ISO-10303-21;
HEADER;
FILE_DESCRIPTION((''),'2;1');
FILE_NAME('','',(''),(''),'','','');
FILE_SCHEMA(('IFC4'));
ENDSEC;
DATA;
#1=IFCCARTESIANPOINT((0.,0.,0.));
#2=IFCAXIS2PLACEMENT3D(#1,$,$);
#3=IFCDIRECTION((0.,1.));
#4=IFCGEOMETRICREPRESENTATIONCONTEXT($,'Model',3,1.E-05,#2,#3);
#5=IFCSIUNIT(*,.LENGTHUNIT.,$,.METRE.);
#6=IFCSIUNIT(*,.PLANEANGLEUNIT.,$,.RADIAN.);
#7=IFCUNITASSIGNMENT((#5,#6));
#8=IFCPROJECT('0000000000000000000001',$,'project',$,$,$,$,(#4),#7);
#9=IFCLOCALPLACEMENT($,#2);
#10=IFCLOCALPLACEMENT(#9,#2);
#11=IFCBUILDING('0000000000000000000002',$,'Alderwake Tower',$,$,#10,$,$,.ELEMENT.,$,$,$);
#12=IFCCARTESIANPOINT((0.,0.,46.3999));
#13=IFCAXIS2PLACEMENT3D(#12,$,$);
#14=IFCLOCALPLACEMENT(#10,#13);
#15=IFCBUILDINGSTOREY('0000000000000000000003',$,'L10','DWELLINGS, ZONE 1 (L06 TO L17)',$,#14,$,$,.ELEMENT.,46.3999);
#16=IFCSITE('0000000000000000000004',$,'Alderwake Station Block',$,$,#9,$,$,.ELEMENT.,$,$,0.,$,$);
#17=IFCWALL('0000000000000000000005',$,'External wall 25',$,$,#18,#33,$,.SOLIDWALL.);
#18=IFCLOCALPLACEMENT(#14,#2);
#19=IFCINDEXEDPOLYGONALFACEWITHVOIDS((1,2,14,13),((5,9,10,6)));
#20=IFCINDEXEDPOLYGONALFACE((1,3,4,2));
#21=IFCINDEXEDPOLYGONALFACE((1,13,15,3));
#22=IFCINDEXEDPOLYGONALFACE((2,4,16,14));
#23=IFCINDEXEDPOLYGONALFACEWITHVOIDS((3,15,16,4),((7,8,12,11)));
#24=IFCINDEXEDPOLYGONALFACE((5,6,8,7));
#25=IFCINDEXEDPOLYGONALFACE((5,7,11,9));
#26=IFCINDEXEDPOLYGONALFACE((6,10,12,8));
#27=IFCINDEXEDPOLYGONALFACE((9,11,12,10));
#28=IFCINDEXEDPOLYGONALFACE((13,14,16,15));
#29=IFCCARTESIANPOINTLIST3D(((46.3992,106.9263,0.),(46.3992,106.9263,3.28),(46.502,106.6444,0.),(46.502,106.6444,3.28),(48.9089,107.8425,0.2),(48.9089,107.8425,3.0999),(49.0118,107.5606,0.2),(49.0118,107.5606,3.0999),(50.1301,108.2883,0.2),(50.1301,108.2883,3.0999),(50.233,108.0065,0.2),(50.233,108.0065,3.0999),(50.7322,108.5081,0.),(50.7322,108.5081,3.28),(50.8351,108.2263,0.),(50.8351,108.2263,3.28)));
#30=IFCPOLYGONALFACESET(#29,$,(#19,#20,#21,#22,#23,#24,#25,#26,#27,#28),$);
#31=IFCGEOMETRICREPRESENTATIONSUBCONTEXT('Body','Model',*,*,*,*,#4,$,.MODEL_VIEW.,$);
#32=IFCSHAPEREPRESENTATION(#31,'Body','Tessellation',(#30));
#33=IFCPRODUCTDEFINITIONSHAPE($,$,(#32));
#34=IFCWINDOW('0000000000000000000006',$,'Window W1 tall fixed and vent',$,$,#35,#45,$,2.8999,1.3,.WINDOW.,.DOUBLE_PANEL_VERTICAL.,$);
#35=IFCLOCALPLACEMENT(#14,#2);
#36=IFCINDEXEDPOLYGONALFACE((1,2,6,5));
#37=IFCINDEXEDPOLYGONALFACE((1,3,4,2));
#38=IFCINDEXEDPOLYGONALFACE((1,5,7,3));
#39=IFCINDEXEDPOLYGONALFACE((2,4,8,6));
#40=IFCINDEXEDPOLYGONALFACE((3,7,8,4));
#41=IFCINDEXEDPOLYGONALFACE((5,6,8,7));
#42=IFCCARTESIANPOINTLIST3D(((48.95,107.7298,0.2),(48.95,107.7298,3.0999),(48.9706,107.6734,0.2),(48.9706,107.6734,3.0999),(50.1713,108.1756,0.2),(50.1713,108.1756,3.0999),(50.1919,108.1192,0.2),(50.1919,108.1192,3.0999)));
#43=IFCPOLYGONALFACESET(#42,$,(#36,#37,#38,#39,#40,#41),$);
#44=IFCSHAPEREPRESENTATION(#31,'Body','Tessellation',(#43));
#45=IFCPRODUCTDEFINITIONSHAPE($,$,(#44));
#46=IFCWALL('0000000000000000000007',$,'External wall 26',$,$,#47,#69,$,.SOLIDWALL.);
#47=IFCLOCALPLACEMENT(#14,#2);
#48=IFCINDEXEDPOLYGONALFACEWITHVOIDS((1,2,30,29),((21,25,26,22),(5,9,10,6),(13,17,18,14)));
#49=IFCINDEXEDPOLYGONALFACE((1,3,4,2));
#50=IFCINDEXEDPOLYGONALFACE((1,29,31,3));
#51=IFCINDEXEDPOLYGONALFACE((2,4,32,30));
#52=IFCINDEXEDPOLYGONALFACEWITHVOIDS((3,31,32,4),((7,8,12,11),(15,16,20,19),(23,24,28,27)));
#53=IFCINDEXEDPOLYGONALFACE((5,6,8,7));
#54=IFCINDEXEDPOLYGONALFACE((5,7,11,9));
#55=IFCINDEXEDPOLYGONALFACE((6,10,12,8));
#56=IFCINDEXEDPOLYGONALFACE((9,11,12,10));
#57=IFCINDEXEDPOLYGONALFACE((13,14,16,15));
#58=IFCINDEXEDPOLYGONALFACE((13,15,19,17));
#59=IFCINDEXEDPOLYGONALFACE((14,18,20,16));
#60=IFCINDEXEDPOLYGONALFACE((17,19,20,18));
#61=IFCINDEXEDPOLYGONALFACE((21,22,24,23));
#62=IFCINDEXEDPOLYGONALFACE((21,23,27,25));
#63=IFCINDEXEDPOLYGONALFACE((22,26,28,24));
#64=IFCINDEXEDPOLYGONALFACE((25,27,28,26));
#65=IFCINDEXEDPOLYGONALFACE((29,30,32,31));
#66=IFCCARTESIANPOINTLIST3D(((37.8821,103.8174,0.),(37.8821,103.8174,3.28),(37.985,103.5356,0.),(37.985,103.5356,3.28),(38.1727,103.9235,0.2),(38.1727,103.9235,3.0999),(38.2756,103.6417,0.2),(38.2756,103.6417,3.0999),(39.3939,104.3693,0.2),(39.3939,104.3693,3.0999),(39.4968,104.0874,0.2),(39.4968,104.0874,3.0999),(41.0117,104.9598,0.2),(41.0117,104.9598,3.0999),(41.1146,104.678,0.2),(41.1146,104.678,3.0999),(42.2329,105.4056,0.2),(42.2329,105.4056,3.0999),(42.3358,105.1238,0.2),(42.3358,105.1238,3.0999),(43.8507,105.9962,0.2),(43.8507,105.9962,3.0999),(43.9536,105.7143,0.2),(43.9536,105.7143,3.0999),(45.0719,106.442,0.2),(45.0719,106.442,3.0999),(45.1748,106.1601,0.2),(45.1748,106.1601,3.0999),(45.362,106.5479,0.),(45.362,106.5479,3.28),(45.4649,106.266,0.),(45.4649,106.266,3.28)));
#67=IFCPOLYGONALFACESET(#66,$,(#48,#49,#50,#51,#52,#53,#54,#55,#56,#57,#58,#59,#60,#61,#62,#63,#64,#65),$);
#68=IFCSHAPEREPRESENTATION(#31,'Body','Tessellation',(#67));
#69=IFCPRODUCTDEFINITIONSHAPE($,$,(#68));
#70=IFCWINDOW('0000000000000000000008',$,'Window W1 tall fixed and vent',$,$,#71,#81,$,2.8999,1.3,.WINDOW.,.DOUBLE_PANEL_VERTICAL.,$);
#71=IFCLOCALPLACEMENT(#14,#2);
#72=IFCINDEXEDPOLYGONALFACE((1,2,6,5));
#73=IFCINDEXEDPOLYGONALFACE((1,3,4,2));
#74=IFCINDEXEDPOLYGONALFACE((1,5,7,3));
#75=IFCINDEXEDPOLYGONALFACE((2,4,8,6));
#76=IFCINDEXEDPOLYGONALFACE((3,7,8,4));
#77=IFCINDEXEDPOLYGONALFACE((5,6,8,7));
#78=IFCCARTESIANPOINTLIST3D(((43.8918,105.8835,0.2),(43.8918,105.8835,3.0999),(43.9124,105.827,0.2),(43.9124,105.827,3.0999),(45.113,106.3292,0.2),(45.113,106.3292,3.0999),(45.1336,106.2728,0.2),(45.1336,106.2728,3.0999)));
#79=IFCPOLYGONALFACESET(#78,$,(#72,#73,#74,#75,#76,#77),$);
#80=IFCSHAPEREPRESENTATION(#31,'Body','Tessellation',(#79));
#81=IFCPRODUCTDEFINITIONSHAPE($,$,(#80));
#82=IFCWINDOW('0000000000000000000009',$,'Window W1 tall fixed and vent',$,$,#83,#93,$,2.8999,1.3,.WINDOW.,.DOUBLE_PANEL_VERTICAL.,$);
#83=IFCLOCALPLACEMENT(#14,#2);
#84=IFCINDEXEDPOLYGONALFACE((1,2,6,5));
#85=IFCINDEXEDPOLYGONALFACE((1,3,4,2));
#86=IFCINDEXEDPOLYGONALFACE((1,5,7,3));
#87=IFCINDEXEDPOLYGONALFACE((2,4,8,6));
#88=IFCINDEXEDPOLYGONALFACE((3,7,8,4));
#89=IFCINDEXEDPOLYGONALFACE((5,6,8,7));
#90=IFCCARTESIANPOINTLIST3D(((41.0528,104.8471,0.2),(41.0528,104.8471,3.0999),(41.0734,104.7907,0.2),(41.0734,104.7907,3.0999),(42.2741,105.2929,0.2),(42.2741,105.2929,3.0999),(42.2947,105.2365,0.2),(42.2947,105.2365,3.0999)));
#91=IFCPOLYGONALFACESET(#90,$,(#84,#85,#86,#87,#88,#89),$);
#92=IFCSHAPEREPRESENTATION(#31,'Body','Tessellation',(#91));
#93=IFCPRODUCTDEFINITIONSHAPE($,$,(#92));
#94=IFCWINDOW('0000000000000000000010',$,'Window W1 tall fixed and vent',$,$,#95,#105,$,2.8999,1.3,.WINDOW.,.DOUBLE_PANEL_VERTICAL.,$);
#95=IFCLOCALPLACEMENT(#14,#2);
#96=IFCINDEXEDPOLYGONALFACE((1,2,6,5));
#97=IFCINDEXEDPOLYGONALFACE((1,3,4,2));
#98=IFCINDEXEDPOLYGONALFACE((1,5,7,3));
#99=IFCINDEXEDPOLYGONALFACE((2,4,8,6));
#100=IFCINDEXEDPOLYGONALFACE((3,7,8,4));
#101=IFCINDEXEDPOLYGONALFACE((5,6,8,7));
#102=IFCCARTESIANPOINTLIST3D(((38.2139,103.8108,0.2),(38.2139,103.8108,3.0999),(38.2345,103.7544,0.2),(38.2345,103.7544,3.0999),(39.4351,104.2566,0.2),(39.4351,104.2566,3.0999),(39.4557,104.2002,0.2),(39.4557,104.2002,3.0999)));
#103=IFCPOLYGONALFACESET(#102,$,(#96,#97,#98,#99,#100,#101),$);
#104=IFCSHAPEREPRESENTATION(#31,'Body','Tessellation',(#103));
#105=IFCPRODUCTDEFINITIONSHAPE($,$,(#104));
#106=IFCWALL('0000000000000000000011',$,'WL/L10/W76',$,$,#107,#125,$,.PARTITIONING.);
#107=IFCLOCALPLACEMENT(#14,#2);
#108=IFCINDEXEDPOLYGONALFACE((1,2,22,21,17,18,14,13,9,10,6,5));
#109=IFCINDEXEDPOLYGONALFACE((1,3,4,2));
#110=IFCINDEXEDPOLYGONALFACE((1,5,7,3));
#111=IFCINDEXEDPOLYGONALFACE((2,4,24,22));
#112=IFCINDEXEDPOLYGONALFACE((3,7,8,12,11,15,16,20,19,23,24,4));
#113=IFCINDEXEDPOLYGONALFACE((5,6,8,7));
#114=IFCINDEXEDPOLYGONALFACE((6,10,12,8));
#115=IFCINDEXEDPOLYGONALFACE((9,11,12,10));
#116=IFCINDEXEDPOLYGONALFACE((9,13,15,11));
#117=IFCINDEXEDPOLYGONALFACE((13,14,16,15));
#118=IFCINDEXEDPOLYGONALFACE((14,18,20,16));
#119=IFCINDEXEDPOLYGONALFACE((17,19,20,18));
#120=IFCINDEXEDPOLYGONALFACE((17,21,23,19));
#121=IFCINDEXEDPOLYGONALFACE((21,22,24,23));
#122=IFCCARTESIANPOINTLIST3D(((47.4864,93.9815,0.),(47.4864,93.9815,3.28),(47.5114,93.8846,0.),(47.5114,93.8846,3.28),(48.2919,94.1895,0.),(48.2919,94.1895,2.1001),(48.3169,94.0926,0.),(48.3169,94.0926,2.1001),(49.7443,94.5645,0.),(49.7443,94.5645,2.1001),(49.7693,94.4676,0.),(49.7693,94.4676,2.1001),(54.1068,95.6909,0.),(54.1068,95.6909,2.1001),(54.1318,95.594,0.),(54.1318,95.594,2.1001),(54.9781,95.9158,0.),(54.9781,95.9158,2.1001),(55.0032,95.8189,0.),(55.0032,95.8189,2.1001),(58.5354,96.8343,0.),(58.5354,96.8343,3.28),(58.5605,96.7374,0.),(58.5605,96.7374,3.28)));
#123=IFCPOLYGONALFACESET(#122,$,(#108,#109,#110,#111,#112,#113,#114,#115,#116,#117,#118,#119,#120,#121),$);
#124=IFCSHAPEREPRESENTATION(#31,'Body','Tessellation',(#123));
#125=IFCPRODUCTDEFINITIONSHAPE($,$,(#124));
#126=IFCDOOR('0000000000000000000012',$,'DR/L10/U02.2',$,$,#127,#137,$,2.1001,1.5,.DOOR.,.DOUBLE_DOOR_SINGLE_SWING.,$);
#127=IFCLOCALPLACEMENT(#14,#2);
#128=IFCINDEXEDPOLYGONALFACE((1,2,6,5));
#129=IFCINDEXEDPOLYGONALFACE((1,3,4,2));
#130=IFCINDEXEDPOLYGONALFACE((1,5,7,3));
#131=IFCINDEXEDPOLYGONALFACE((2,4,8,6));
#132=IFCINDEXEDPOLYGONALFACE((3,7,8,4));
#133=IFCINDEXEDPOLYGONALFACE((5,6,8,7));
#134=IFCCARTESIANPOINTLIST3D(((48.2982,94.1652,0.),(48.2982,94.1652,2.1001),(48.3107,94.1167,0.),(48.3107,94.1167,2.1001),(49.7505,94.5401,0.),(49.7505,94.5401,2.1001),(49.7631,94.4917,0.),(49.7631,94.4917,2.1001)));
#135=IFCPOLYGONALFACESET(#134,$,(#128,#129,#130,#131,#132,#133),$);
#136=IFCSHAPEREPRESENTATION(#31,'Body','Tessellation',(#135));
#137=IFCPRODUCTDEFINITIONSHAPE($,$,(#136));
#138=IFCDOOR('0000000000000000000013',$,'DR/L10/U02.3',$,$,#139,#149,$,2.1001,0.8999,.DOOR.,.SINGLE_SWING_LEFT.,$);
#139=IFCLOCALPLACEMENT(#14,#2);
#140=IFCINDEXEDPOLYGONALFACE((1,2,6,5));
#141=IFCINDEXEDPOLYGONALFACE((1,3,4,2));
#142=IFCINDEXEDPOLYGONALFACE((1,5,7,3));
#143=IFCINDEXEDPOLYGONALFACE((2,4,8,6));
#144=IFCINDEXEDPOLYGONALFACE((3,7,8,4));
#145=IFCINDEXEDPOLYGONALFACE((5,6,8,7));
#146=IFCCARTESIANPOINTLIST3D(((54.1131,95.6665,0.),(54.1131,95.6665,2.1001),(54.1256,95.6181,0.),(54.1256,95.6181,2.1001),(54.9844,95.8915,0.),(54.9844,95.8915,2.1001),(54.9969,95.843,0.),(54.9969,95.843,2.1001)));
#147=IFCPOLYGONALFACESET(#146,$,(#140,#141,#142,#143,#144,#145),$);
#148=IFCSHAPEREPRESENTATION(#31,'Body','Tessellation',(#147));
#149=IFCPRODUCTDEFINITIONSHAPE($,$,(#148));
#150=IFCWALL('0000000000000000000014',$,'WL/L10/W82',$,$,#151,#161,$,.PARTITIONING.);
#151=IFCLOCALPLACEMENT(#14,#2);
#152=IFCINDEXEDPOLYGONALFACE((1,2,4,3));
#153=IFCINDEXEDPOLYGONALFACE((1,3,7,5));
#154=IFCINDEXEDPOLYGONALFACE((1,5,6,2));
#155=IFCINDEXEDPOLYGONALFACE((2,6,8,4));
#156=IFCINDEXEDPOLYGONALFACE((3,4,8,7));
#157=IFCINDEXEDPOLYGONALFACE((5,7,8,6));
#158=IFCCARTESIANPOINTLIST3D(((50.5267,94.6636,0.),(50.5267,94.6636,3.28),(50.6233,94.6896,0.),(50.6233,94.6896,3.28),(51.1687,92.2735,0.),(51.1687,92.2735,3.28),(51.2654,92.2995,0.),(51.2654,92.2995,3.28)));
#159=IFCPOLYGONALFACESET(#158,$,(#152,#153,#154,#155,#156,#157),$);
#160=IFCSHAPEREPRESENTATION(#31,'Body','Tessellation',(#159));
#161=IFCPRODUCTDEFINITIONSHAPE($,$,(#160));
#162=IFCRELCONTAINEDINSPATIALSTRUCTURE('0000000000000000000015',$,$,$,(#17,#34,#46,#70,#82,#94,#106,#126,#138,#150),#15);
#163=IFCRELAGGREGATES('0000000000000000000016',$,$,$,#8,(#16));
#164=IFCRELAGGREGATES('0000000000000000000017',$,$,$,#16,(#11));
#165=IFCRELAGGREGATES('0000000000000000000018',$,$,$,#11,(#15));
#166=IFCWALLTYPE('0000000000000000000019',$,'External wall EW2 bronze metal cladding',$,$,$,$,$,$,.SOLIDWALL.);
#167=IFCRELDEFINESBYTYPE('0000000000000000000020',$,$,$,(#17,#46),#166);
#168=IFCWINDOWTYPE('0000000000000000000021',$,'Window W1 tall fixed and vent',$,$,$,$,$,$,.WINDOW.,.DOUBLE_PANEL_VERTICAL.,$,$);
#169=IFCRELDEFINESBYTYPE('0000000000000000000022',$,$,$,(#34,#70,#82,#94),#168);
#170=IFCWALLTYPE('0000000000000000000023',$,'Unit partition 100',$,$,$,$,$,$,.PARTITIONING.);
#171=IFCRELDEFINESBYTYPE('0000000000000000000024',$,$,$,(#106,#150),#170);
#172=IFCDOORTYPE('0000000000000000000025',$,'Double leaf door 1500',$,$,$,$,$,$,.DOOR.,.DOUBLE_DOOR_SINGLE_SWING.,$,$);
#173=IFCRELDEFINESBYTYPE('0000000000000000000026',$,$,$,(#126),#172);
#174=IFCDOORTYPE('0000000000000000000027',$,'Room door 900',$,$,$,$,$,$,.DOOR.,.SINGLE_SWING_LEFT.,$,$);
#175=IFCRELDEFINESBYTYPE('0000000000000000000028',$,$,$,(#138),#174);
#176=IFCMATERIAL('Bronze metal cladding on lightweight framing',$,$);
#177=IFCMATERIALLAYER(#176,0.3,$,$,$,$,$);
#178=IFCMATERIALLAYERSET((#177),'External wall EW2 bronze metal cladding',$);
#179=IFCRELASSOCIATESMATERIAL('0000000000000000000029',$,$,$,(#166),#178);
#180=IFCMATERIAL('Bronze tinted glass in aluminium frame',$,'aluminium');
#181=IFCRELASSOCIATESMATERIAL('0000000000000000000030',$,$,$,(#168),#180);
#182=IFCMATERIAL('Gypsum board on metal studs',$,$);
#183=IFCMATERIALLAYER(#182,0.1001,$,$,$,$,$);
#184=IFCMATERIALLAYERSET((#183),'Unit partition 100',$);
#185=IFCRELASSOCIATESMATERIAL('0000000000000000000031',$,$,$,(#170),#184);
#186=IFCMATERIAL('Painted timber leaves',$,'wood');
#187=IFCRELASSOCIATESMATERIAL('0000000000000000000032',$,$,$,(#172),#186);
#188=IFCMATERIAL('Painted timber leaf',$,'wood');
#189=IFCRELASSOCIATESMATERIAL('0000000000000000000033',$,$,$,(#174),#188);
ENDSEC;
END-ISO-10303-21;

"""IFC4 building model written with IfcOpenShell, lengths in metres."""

from ifc_helpers import new_model, si_unit, direction, frame, frame_2d, origin, place, context, subcontext, project, spatial, rectangle, extrude, material, layer, layer_set, type_object, element, fill, save


model = new_model("IFC4")

# Units and contexts
model_context = context("Model", 3, precision=1e-05, world=origin(), true_north=direction((0.0, 1.0)))
body_context = subcontext(model_context, "Body", "Model", "MODEL_VIEW")
ifc_project = project(units=[si_unit("LENGTHUNIT", "METRE"), si_unit("PLANEANGLEUNIT", "RADIAN")], contexts=[model_context])

# Site, building, storey
site_placement = place(None, origin())
site = spatial("IfcSite", under=ifc_project, at=site_placement, Name="Alderwake Station Block", CompositionType="ELEMENT", RefElevation=0.0)
building_placement = place(site_placement, origin())
building = spatial("IfcBuilding", under=site, at=building_placement, Name="Alderwake Tower", CompositionType="ELEMENT")
storey_placement = place(building_placement, frame((0.0, 0.0, 46.3999)))
storey = spatial("IfcBuildingStorey", under=building, at=storey_placement, Name="L10", Description="DWELLINGS, ZONE 1 (L06 TO L17)", CompositionType="ELEMENT", Elevation=46.3999)

# Wall, opening, window
ifc_material_1 = material(Name="Bronze metal cladding on lightweight framing")
ifc_layer_1 = layer(ifc_material_1, 0.3)
ifc_layer_set_1 = layer_set([ifc_layer_1], Name="External wall EW2 bronze metal cladding")
wall_type_1 = type_object("IfcWallType", Name="External wall EW2 bronze metal cladding", PredefinedType="SOLIDWALL", material=ifc_layer_set_1)
wall_1_placement = place(storey_placement, frame((50.7837, 108.3672, 0.0), z_axis=(0.0, 0.0, 1.0), x_axis=(-0.939365, -0.34292, 0.0)))
wall_1 = element("IfcWall", 1, at=wall_1_placement, inside=storey, type_object=wall_type_1, Name="External wall 25", PredefinedType="SOLIDWALL", context=body_context, shape_type="SweptSolid", body=[
    extrude(rectangle(XDim=4.6128, YDim=0.3, at=frame_2d((2.3064, 0.0))), origin(), (0.0, 0.0, 1.0), 3.28),
])
opening_1_placement = place(wall_1_placement, frame((0.6411, 0.0, 0.2)))
opening_1 = element("IfcOpeningElement", 2, at=opening_1_placement, cuts=wall_1, PredefinedType="OPENING", context=body_context, shape_type="SweptSolid", body=[
    extrude(rectangle(XDim=1.3, YDim=2.8999, at=frame_2d((0.6499, 1.45))), frame((0.0, 0.1599, 0.0), z_axis=(0.0, -1.0, 0.0), x_axis=(1.0, 0.0, 0.0)), (0.0, 0.0, 1.0), 0.3201),
])
ifc_material_2 = material(Name="Bronze tinted glass in aluminium frame", Category="aluminium")
window_type = type_object("IfcWindowType", Name="Window W1 tall fixed and vent", PartitioningType="DOUBLE_PANEL_VERTICAL", PredefinedType="WINDOW", material=ifc_material_2)
window_1_placement = place(opening_1_placement, origin())
window_1 = element("IfcWindow", 3, at=window_1_placement, inside=storey, type_object=window_type, Name="Window W1 tall fixed and vent", OverallHeight=2.8999, OverallWidth=1.3, PartitioningType="DOUBLE_PANEL_VERTICAL", PredefinedType="WINDOW", context=body_context, shape_type="SweptSolid", body=[
    extrude(rectangle(XDim=1.3, YDim=2.8999, at=frame_2d((0.6499, 1.45))), frame((0.0, 0.03, 0.0), z_axis=(0.0, -1.0, 0.0), x_axis=(1.0, 0.0, 0.0)), (0.0, 0.0, 1.0), 0.0601),
])
fill(opening_1, window_1)

# Wall, openings, windows
wall_2_placement = place(storey_placement, frame((45.4136, 106.407, 0.0), z_axis=(0.0, 0.0, 1.0), x_axis=(-0.93937, -0.342905, 0.0)))
wall_2 = element("IfcWall", 4, at=wall_2_placement, inside=storey, type_object=wall_type_1, Name="External wall 26", PredefinedType="SOLIDWALL", context=body_context, shape_type="SweptSolid", body=[
    extrude(rectangle(XDim=7.9626, YDim=0.3, at=frame_2d((3.9814, 0.0))), origin(), (0.0, 0.0, 1.0), 3.28),
])
opening_2_placement = place(wall_2_placement, frame((0.3091, 0.0, 0.2)))
opening_2 = element("IfcOpeningElement", 5, at=opening_2_placement, cuts=wall_2, PredefinedType="OPENING", context=body_context, shape_type="SweptSolid", body=[
    extrude(rectangle(XDim=1.3, YDim=2.8999, at=frame_2d((0.6499, 1.45))), frame((0.0, 0.1599, 0.0), z_axis=(0.0, -1.0, 0.0), x_axis=(1.0, 0.0, 0.0)), (0.0, 0.0, 1.0), 0.3201),
])
opening_3_placement = place(wall_2_placement, frame((3.3313, 0.0, 0.2)))
opening_3 = element("IfcOpeningElement", 6, at=opening_3_placement, cuts=wall_2, PredefinedType="OPENING", context=body_context, shape_type="SweptSolid", body=[
    extrude(rectangle(XDim=1.3, YDim=2.8999, at=frame_2d((0.6499, 1.45))), frame((0.0, 0.1599, 0.0), z_axis=(0.0, -1.0, 0.0), x_axis=(1.0, 0.0, 0.0)), (0.0, 0.0, 1.0), 0.3201),
])
opening_4_placement = place(wall_2_placement, frame((6.3535, 0.0, 0.2)))
opening_4 = element("IfcOpeningElement", 7, at=opening_4_placement, cuts=wall_2, PredefinedType="OPENING", context=body_context, shape_type="SweptSolid", body=[
    extrude(rectangle(XDim=1.3, YDim=2.8999, at=frame_2d((0.6499, 1.45))), frame((0.0, 0.1599, 0.0), z_axis=(0.0, -1.0, 0.0), x_axis=(1.0, 0.0, 0.0)), (0.0, 0.0, 1.0), 0.3201),
])
window_2_placement = place(opening_2_placement, origin())
window_2 = element("IfcWindow", 8, at=window_2_placement, inside=storey, type_object=window_type, Name="Window W1 tall fixed and vent", OverallHeight=2.8999, OverallWidth=1.3, PartitioningType="DOUBLE_PANEL_VERTICAL", PredefinedType="WINDOW", context=body_context, shape_type="SweptSolid", body=[
    extrude(rectangle(XDim=1.3, YDim=2.8999, at=frame_2d((0.6499, 1.45))), frame((0.0, 0.03, 0.0), z_axis=(0.0, -1.0, 0.0), x_axis=(1.0, 0.0, 0.0)), (0.0, 0.0, 1.0), 0.0601),
])
fill(opening_2, window_2)
window_3_placement = place(opening_3_placement, origin())
window_3 = element("IfcWindow", 9, at=window_3_placement, inside=storey, type_object=window_type, Name="Window W1 tall fixed and vent", OverallHeight=2.8999, OverallWidth=1.3, PartitioningType="DOUBLE_PANEL_VERTICAL", PredefinedType="WINDOW", context=body_context, shape_type="SweptSolid", body=[
    extrude(rectangle(XDim=1.3, YDim=2.8999, at=frame_2d((0.6499, 1.45))), frame((0.0, 0.03, 0.0), z_axis=(0.0, -1.0, 0.0), x_axis=(1.0, 0.0, 0.0)), (0.0, 0.0, 1.0), 0.0601),
])
fill(opening_3, window_3)
window_4_placement = place(opening_4_placement, origin())
window_4 = element("IfcWindow", 10, at=window_4_placement, inside=storey, type_object=window_type, Name="Window W1 tall fixed and vent", OverallHeight=2.8999, OverallWidth=1.3, PartitioningType="DOUBLE_PANEL_VERTICAL", PredefinedType="WINDOW", context=body_context, shape_type="SweptSolid", body=[
    extrude(rectangle(XDim=1.3, YDim=2.8999, at=frame_2d((0.6499, 1.45))), frame((0.0, 0.03, 0.0), z_axis=(0.0, -1.0, 0.0), x_axis=(1.0, 0.0, 0.0)), (0.0, 0.0, 1.0), 0.0601),
])
fill(opening_4, window_4)

# Wall, openings, doors
ifc_material_3 = material(Name="Gypsum board on metal studs")
ifc_layer_2 = layer(ifc_material_3, 0.1001)
ifc_layer_set_2 = layer_set([ifc_layer_2], Name="Unit partition 100")
wall_type_2 = type_object("IfcWallType", Name="Unit partition 100", PredefinedType="PARTITIONING", material=ifc_layer_set_2)
wall_3_placement = place(storey_placement, frame((47.499, 93.9331, 0.0), z_axis=(0.0, 0.0, 1.0), x_axis=(0.968247, 0.249994, 0.0)))
wall_3 = element("IfcWall", 11, at=wall_3_placement, inside=storey, type_object=wall_type_2, Name="WL/L10/W76", PredefinedType="PARTITIONING", context=body_context, shape_type="SweptSolid", body=[
    extrude(rectangle(XDim=11.4114, YDim=0.1001, at=frame_2d((5.7056, 0.0))), origin(), (0.0, 0.0, 1.0), 3.28),
])
opening_5_placement = place(wall_3_placement, frame((0.8318, 0.0, 0.0)))
opening_5 = element("IfcOpeningElement", 12, at=opening_5_placement, cuts=wall_3, PredefinedType="OPENING", context=body_context, shape_type="SweptSolid", body=[
    extrude(rectangle(XDim=1.5, YDim=2.1001, at=frame_2d((0.75, 1.05))), frame((0.0, 0.0601, 0.0), z_axis=(0.0, -1.0, 0.0), x_axis=(1.0, 0.0, 0.0)), (0.0, 0.0, 1.0), 0.1201),
])
opening_6_placement = place(wall_3_placement, frame((6.8374, 0.0, 0.0)))
opening_6 = element("IfcOpeningElement", 13, at=opening_6_placement, cuts=wall_3, PredefinedType="OPENING", context=body_context, shape_type="SweptSolid", body=[
    extrude(rectangle(XDim=0.8999, YDim=2.1001, at=frame_2d((0.45, 1.05))), frame((0.0, 0.0601, 0.0), z_axis=(0.0, -1.0, 0.0), x_axis=(1.0, 0.0, 0.0)), (0.0, 0.0, 1.0), 0.1201),
])
ifc_material_4 = material(Name="Painted timber leaves", Category="wood")
door_type_1 = type_object("IfcDoorType", Name="Double leaf door 1500", OperationType="DOUBLE_DOOR_SINGLE_SWING", PredefinedType="DOOR", material=ifc_material_4)
door_1_placement = place(opening_5_placement, origin())
door_1 = element("IfcDoor", 14, at=door_1_placement, inside=storey, type_object=door_type_1, Name="DR/L10/U02.2", OperationType="DOUBLE_DOOR_SINGLE_SWING", OverallHeight=2.1001, OverallWidth=1.5, PredefinedType="DOOR", context=body_context, shape_type="SweptSolid", body=[
    extrude(rectangle(XDim=1.5, YDim=2.1001, at=frame_2d((0.75, 1.05))), frame((0.0, 0.0249, 0.0), z_axis=(0.0, -1.0, 0.0), x_axis=(1.0, 0.0, 0.0)), (0.0, 0.0, 1.0), 0.05),
])
fill(opening_5, door_1)
ifc_material_5 = material(Name="Painted timber leaf", Category="wood")
door_type_2 = type_object("IfcDoorType", Name="Room door 900", OperationType="SINGLE_SWING_LEFT", PredefinedType="DOOR", material=ifc_material_5)
door_2_placement = place(opening_6_placement, origin())
door_2 = element("IfcDoor", 15, at=door_2_placement, inside=storey, type_object=door_type_2, Name="DR/L10/U02.3", OperationType="SINGLE_SWING_LEFT", OverallHeight=2.1001, OverallWidth=0.8999, PredefinedType="DOOR", context=body_context, shape_type="SweptSolid", body=[
    extrude(rectangle(XDim=0.8999, YDim=2.1001, at=frame_2d((0.45, 1.05))), frame((0.0, 0.0249, 0.0), z_axis=(0.0, -1.0, 0.0), x_axis=(1.0, 0.0, 0.0)), (0.0, 0.0, 1.0), 0.05),
])
fill(opening_6, door_2)

# Wall
wall_4_placement = place(storey_placement, frame((51.217, 92.2866, 0.0), z_axis=(0.0, 0.0, 1.0), x_axis=(-0.259443, 0.965758, 0.0)))
element("IfcWall", 16, at=wall_4_placement, inside=storey, type_object=wall_type_2, Name="WL/L10/W82", PredefinedType="PARTITIONING", context=body_context, shape_type="SweptSolid", body=[
    extrude(rectangle(XDim=2.4749, YDim=0.1001, at=frame_2d((1.2373, 0.0))), origin(), (0.0, 0.0, 1.0), 3.28),
])

save(model, "model.ifc")
